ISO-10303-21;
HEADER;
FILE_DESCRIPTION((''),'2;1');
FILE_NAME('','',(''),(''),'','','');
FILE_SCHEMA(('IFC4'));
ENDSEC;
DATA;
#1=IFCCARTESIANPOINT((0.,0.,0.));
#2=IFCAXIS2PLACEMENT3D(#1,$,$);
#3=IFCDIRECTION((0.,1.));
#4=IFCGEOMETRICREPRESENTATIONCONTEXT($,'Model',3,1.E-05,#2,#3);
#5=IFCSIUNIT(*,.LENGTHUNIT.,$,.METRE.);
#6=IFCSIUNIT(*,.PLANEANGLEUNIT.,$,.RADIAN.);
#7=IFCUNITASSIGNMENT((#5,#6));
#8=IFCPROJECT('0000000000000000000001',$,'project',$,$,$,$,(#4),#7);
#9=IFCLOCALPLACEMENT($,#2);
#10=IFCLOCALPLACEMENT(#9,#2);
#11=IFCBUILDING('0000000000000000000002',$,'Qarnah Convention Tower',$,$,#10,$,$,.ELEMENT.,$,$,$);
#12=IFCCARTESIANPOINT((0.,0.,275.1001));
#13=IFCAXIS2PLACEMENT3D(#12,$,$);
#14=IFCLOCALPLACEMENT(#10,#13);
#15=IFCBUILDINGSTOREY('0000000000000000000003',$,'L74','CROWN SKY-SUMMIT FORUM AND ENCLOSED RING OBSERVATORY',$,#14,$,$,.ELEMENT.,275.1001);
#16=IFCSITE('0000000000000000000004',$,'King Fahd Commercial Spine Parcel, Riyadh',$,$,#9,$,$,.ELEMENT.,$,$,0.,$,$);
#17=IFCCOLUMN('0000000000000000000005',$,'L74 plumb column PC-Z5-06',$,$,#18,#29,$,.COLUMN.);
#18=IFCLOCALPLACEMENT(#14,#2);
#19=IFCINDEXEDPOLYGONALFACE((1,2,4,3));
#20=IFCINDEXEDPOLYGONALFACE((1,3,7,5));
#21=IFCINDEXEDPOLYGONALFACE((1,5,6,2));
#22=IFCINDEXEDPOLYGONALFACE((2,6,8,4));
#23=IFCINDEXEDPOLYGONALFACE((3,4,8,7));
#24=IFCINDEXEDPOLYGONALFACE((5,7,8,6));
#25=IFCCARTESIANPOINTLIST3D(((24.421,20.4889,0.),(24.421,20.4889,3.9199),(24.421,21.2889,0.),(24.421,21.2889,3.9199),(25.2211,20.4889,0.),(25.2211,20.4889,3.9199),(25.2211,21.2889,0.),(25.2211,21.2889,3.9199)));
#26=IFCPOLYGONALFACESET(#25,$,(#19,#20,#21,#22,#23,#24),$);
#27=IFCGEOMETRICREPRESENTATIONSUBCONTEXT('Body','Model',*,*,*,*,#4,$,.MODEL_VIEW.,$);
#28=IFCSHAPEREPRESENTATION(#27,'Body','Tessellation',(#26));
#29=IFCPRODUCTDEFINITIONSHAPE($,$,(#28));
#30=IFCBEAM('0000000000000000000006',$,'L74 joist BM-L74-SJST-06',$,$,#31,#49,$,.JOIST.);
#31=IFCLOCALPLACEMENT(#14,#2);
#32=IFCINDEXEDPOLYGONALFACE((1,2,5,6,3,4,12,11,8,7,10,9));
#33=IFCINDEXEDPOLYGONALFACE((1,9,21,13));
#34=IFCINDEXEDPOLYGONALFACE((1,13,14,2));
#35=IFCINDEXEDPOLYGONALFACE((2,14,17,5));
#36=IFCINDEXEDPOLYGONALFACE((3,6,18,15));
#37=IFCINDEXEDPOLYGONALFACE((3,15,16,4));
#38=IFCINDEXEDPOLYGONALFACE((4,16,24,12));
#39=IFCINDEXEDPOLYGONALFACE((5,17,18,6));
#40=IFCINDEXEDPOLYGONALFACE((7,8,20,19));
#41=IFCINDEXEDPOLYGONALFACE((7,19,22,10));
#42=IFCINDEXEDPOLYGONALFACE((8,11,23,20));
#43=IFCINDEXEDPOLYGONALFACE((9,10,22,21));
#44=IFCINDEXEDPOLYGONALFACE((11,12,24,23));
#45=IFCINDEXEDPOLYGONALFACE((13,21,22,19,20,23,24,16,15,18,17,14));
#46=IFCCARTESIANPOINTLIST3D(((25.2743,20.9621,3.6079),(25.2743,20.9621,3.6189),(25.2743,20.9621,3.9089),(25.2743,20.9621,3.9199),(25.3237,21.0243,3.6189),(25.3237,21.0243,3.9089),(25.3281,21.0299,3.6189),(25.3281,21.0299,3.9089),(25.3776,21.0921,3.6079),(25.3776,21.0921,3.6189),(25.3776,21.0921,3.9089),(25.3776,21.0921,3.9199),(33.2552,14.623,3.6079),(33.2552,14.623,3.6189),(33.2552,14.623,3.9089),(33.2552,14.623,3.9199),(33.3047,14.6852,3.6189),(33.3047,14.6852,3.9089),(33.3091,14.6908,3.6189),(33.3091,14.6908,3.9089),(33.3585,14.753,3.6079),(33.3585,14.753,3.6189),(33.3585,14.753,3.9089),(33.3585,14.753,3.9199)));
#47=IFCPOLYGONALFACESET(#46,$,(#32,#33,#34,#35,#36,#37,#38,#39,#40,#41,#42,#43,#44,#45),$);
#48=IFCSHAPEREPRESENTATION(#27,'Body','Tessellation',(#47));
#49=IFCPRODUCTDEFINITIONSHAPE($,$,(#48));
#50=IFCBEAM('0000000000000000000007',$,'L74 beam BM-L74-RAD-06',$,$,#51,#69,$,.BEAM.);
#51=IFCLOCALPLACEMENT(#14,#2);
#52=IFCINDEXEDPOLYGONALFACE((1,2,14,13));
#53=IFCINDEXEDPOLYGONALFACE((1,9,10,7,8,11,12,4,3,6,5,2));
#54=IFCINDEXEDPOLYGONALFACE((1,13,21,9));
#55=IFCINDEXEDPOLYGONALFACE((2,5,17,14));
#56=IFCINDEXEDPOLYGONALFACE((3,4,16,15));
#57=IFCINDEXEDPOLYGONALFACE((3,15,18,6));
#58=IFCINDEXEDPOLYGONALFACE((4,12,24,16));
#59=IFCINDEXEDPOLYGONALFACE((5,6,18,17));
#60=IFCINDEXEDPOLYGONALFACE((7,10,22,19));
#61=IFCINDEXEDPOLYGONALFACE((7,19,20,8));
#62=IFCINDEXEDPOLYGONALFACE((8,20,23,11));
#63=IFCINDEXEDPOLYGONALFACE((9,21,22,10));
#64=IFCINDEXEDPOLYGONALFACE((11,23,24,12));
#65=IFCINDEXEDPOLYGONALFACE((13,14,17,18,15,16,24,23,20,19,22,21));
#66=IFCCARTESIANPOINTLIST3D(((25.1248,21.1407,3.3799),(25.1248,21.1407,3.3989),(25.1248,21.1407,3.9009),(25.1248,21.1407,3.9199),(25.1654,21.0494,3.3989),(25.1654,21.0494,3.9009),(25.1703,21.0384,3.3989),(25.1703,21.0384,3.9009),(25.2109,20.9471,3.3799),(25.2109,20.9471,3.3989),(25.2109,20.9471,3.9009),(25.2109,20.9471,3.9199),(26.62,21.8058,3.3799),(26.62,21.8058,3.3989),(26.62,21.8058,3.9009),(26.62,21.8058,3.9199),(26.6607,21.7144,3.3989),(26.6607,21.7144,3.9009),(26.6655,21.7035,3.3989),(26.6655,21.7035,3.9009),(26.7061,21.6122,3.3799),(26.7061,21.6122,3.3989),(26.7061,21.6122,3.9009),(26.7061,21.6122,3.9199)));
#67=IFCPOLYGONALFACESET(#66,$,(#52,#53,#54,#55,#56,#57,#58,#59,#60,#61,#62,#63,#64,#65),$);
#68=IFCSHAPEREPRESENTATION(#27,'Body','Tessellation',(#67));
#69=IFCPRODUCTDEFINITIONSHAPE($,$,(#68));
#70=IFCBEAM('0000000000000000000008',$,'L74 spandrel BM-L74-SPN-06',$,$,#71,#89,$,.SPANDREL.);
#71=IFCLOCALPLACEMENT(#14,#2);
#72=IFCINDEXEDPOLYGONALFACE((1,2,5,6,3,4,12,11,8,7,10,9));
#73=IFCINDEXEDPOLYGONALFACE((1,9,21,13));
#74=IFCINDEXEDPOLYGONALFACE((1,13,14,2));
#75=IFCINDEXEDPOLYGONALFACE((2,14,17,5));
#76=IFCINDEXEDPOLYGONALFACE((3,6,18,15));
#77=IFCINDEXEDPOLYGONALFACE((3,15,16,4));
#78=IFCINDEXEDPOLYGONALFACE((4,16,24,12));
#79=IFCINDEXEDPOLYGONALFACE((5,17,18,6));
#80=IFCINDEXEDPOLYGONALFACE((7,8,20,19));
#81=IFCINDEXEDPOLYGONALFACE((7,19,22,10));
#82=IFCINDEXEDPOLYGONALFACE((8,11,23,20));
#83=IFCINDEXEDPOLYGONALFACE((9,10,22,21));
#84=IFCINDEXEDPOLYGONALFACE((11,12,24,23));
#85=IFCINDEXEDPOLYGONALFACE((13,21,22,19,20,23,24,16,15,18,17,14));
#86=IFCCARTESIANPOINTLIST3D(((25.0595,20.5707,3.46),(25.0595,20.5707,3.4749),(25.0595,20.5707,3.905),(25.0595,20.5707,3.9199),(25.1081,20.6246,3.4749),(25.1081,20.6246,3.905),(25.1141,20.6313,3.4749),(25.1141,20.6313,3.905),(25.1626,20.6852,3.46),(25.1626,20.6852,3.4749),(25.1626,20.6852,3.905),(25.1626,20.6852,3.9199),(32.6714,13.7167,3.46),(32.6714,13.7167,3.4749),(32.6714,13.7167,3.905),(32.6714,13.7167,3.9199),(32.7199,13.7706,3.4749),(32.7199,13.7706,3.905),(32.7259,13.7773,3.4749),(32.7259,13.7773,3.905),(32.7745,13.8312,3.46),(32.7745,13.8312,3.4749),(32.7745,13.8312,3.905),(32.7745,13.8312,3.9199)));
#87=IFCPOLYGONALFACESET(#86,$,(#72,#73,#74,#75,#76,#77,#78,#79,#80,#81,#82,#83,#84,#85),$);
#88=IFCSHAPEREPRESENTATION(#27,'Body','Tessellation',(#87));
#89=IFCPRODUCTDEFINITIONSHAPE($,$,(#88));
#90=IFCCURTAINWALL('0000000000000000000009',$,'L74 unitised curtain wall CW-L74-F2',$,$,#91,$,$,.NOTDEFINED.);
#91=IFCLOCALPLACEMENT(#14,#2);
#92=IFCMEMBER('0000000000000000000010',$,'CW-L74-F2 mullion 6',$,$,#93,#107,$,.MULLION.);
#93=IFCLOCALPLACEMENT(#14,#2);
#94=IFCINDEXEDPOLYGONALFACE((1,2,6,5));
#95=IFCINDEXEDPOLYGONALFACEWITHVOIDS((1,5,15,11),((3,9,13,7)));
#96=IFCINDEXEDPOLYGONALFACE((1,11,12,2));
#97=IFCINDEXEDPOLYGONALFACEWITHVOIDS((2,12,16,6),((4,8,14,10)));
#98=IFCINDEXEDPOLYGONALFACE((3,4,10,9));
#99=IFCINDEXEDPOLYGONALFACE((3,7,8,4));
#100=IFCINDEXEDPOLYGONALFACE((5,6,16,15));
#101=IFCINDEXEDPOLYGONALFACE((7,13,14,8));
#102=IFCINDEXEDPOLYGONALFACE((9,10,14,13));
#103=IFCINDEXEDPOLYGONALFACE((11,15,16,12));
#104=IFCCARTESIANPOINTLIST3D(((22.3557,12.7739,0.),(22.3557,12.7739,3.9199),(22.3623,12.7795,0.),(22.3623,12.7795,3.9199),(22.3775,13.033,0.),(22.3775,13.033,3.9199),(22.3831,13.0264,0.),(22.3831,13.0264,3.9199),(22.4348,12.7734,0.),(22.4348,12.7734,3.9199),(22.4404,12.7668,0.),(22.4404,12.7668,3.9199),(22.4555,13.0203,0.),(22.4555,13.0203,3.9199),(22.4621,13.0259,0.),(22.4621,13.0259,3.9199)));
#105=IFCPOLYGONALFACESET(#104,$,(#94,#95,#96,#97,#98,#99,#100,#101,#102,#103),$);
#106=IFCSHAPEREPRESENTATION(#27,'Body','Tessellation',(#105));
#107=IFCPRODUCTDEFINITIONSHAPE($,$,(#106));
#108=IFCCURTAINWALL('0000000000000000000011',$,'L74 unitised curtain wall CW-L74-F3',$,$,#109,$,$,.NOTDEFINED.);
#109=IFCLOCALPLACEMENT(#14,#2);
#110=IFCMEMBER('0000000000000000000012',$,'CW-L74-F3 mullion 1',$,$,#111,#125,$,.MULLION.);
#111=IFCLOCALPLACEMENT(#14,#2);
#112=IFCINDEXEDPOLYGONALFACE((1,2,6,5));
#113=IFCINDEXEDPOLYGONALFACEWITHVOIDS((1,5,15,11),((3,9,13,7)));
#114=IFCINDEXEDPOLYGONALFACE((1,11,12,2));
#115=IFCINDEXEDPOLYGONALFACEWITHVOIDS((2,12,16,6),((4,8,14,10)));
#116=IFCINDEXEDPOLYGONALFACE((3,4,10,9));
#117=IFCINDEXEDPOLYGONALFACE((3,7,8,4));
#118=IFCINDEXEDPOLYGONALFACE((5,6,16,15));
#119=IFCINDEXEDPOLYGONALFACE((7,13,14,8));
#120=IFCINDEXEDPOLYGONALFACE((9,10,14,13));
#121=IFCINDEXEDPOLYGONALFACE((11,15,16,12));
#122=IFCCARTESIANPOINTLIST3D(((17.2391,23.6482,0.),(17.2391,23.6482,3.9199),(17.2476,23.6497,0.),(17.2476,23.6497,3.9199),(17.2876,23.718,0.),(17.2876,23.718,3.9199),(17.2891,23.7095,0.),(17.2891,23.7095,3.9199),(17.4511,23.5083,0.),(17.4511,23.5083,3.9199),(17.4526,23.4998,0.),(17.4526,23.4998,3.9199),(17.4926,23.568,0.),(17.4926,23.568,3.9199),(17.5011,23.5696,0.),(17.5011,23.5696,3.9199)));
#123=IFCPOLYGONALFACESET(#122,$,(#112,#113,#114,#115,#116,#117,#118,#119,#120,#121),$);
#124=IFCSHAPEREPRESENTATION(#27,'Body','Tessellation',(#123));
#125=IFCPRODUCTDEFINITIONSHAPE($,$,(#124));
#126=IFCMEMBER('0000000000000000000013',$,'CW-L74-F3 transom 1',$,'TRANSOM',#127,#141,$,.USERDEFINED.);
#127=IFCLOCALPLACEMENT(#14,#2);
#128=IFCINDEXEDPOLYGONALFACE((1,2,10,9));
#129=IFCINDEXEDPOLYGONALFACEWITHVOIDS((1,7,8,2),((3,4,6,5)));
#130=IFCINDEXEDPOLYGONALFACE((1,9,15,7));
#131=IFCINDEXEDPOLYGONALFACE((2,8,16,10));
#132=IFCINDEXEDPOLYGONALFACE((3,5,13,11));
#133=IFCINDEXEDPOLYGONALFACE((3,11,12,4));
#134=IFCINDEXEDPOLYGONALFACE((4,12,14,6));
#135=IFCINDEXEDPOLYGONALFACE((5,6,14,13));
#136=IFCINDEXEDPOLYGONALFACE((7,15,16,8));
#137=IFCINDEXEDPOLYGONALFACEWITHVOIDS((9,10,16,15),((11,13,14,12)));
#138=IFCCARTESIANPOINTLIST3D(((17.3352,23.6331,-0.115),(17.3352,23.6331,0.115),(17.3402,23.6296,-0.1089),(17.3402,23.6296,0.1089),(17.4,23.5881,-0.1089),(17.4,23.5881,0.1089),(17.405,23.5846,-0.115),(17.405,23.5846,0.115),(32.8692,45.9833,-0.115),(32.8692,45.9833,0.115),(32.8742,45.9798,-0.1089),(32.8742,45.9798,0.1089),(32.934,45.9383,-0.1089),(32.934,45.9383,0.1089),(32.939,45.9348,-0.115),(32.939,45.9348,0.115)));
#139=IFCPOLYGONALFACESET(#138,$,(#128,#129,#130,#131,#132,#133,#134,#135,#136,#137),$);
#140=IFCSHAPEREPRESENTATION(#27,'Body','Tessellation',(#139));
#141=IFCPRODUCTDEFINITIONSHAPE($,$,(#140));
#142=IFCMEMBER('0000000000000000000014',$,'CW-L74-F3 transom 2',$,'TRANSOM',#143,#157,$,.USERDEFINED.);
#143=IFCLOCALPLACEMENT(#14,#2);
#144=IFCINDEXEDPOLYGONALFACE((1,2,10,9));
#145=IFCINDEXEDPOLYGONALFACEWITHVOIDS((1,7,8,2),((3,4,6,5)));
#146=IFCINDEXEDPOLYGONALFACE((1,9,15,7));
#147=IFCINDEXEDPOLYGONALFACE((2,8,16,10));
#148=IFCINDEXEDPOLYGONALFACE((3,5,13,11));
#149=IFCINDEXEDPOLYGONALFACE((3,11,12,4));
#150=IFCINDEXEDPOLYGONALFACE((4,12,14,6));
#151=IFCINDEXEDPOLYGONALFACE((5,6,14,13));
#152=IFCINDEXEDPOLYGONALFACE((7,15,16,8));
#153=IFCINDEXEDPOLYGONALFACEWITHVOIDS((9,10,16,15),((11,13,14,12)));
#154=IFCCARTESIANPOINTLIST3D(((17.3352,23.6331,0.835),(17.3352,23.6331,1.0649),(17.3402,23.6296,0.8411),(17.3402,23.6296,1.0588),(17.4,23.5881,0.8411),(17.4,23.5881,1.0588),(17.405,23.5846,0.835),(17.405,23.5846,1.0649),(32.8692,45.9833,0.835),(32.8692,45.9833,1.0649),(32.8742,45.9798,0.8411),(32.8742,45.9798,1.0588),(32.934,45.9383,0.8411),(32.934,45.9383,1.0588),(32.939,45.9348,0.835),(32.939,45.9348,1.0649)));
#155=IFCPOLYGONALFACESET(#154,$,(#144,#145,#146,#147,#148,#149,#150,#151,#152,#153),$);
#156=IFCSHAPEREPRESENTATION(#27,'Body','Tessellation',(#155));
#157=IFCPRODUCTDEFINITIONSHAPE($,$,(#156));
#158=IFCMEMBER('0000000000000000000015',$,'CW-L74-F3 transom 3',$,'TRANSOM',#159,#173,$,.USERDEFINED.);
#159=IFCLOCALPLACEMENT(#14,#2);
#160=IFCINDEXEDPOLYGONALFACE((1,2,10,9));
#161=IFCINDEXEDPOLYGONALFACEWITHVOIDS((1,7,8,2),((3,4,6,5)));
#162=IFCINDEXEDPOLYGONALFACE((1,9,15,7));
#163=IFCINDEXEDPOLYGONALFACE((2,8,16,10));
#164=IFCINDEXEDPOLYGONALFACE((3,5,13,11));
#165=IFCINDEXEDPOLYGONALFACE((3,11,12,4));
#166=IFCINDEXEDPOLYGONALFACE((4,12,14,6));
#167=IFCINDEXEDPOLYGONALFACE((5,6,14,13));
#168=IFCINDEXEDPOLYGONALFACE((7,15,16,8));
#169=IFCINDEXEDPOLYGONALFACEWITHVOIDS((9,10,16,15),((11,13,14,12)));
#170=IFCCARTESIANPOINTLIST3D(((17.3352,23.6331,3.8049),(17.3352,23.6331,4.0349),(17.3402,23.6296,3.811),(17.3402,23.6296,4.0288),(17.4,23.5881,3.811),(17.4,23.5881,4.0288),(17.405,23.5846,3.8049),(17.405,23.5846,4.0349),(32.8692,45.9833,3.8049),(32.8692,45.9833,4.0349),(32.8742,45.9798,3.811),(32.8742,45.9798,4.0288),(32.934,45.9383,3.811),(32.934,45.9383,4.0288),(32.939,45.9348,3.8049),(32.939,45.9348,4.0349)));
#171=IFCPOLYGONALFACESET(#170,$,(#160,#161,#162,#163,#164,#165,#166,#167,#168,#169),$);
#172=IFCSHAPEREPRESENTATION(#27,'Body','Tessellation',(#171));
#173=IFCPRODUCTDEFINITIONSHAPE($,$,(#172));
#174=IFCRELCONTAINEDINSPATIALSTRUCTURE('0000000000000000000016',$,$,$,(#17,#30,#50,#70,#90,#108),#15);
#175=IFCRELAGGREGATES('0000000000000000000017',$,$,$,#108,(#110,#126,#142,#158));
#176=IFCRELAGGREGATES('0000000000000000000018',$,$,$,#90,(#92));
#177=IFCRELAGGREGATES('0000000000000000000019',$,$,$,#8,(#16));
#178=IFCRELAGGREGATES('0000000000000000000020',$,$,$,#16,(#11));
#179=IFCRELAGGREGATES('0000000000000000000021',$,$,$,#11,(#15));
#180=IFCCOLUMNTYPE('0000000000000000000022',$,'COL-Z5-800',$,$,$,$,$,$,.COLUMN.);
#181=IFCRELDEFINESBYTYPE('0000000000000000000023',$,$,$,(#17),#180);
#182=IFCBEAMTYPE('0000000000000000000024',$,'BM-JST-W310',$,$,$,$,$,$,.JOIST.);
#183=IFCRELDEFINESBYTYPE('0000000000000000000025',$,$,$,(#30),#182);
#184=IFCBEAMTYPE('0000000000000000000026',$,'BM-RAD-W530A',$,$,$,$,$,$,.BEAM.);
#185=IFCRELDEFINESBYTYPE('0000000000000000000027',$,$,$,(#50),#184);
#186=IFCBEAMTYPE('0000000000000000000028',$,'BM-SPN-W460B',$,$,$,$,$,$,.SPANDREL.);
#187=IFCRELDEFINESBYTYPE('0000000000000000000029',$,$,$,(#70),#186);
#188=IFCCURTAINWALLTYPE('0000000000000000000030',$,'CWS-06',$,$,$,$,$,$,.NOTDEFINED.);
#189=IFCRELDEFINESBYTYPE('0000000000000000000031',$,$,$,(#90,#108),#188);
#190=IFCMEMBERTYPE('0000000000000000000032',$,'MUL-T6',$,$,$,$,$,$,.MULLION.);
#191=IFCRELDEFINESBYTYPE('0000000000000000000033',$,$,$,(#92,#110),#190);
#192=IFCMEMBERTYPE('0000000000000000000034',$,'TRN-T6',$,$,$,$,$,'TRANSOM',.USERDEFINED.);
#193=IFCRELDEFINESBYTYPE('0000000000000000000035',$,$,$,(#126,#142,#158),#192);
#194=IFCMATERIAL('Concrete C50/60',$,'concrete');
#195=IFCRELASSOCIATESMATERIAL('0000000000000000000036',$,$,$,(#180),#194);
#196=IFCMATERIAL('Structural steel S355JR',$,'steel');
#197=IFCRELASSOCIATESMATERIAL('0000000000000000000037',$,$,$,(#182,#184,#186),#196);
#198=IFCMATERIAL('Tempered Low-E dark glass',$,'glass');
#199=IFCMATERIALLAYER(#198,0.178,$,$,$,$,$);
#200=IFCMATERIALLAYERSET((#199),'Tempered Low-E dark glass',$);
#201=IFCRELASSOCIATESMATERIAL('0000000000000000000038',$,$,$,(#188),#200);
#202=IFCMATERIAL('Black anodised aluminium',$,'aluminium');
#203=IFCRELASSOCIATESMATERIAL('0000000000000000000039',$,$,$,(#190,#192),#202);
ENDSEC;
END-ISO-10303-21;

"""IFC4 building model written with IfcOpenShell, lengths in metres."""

from ifc_helpers import new_model, si_unit, direction, frame, origin, origin_2d, place, context, subcontext, project, spatial, rectangle, hollow_rectangle, i_section, extrude, material, layer, layer_set, material_profile, profile_set, type_object, element, aggregate, save


model = new_model("IFC4")

# Units and contexts
model_context = context("Model", 3, precision=1e-05, world=origin(), true_north=direction((0.0, 1.0)))
body_context = subcontext(model_context, "Body", "Model", "MODEL_VIEW")
ifc_project = project(units=[si_unit("LENGTHUNIT", "METRE"), si_unit("PLANEANGLEUNIT", "RADIAN")], contexts=[model_context])

# Site, building, storey
site_placement = place(None, origin())
site = spatial("IfcSite", under=ifc_project, at=site_placement, Name="King Fahd Commercial Spine Parcel, Riyadh", CompositionType="ELEMENT", RefElevation=0.0)
building_placement = place(site_placement, origin())
building = spatial("IfcBuilding", under=site, at=building_placement, Name="Qarnah Convention Tower", CompositionType="ELEMENT")
storey_placement = place(building_placement, frame((0.0, 0.0, 275.1001)))
storey = spatial("IfcBuildingStorey", under=building, at=storey_placement, Name="L74", Description="CROWN SKY-SUMMIT FORUM AND ENCLOSED RING OBSERVATORY", CompositionType="ELEMENT", Elevation=275.1001)

# Column
ifc_material_1 = material(Name="Concrete C50/60", Category="concrete")
ifc_material_profile_1 = material_profile(ifc_material_1, rectangle(XDim=0.8, YDim=0.8, at=origin_2d()), Name="RC-COL-800X800")
ifc_profile_set_1 = profile_set([ifc_material_profile_1], Name="Concrete C50/60")
column_type = type_object("IfcColumnType", Name="COL-Z5-800", PredefinedType="COLUMN", material=ifc_profile_set_1)
column_placement = place(storey_placement, frame((24.821, 20.8889, 0.0), z_axis=(0.0, 0.0, 1.0), x_axis=(1.0, 0.0, 0.0)))
element("IfcColumn", 1, at=column_placement, inside=storey, type_object=column_type, Name="L74 plumb column PC-Z5-06", PredefinedType="COLUMN", context=body_context, shape_type="SweptSolid", body=[
    extrude(rectangle(XDim=0.8, YDim=0.8, at=origin_2d()), origin(), (0.0, 0.0, 1.0), 3.9199),
])

# Beams
ifc_material_2 = material(Name="Structural steel S355JR", Category="steel")
ifc_material_profile_2 = material_profile(ifc_material_2, i_section(OverallWidth=0.166, OverallDepth=0.312, WebThickness=0.0071, FlangeThickness=0.011, at=origin_2d()), Name="W310X45")
ifc_profile_set_2 = profile_set([ifc_material_profile_2], Name="Structural steel S355JR")
beam_type_1 = type_object("IfcBeamType", Name="BM-JST-W310", PredefinedType="JOIST", material=ifc_profile_set_2)
beam_1_placement = place(storey_placement, frame((25.3259, 21.0271, 3.7639), z_axis=(0.783049, -0.62196, 0.0), x_axis=(0.62196, 0.783049, 0.0)))
element("IfcBeam", 2, at=beam_1_placement, inside=storey, type_object=beam_type_1, Name="L74 joist BM-L74-SJST-06", PredefinedType="JOIST", context=body_context, shape_type="SweptSolid", body=[
    extrude(i_section(OverallWidth=0.166, OverallDepth=0.312, WebThickness=0.0071, FlangeThickness=0.011, at=origin_2d()), origin(), (0.0, 0.0, 1.0), 10.1921),
])
ifc_material_profile_3 = material_profile(ifc_material_2, i_section(OverallWidth=0.2119, OverallDepth=0.54, WebThickness=0.012, FlangeThickness=0.019, at=origin_2d()), Name="W530X109")
ifc_profile_set_3 = profile_set([ifc_material_profile_3], Name="Structural steel S355JR")
beam_type_2 = type_object("IfcBeamType", Name="BM-RAD-W530A", PredefinedType="BEAM", material=ifc_profile_set_3)
beam_2_placement = place(storey_placement, frame((26.6631, 21.709, 3.6499), z_axis=(-0.913688, -0.406415, 0.0), x_axis=(0.406415, -0.913688, 0.0)))
element("IfcBeam", 3, at=beam_2_placement, inside=storey, type_object=beam_type_2, Name="L74 beam BM-L74-RAD-06", PredefinedType="BEAM", context=body_context, shape_type="SweptSolid", body=[
    extrude(i_section(OverallWidth=0.2119, OverallDepth=0.54, WebThickness=0.012, FlangeThickness=0.019, at=origin_2d()), origin(), (0.0, 0.0, 1.0), 1.6365),
])
ifc_material_profile_4 = material_profile(ifc_material_2, i_section(OverallWidth=0.1541, OverallDepth=0.46, WebThickness=0.009, FlangeThickness=0.0149, at=origin_2d()), Name="W460X68")
ifc_profile_set_4 = profile_set([ifc_material_profile_4], Name="Structural steel S355JR")
beam_type_3 = type_object("IfcBeamType", Name="BM-SPN-W460B", PredefinedType="SPANDREL", material=ifc_profile_set_4)
beam_3_placement = place(storey_placement, frame((25.1111, 20.6279, 3.6899), z_axis=(0.743131, -0.669146, 0.0), x_axis=(0.669146, 0.743131, 0.0)))
element("IfcBeam", 4, at=beam_3_placement, inside=storey, type_object=beam_type_3, Name="L74 spandrel BM-L74-SPN-06", PredefinedType="SPANDREL", context=body_context, shape_type="SweptSolid", body=[
    extrude(i_section(OverallWidth=0.1541, OverallDepth=0.46, WebThickness=0.009, FlangeThickness=0.0149, at=origin_2d()), origin(), (0.0, 0.0, 1.0), 10.2429),
])

# Curtain wall, member
ifc_material_3 = material(Name="Tempered Low-E dark glass", Category="glass")
ifc_layer_1 = layer(ifc_material_3, 0.178)
ifc_layer_set_1 = layer_set([ifc_layer_1], Name="Tempered Low-E dark glass")
curtain_wall_type = type_object("IfcCurtainWallType", Name="CWS-06", PredefinedType="NOTDEFINED", material=ifc_layer_set_1)
curtain_wall_1_placement = place(storey_placement, origin())
curtain_wall_1 = element("IfcCurtainWall", 5, at=curtain_wall_1_placement, inside=storey, type_object=curtain_wall_type, Name="L74 unitised curtain wall CW-L74-F2", PredefinedType="NOTDEFINED")
ifc_material_4 = material(Name="Black anodised aluminium", Category="aluminium")
ifc_material_profile_5 = material_profile(ifc_material_4, hollow_rectangle(XDim=0.085, YDim=0.26, WallThickness=0.0061, at=origin_2d()), Name="MUL-85X260")
ifc_profile_set_5 = profile_set([ifc_material_profile_5], Name="Black anodised aluminium")
member_type_1 = type_object("IfcMemberType", Name="MUL-T6", PredefinedType="MULLION", material=ifc_profile_set_5)
member_1_placement = place(storey_placement, frame((22.4089, 12.8999, 0.0), z_axis=(0.0, 0.0, 1.0), x_axis=(-0.996495, 0.083654, 0.0)))
member_1 = element("IfcMember", 6, at=member_1_placement, type_object=member_type_1, Name="CW-L74-F2 mullion 6", PredefinedType="MULLION", context=body_context, shape_type="SweptSolid", body=[
    extrude(hollow_rectangle(XDim=0.085, YDim=0.26, WallThickness=0.0061, at=origin_2d()), origin(), (0.0, 0.0, 1.0), 3.9199),
])

# Curtain wall, members
curtain_wall_2_placement = place(storey_placement, origin())
curtain_wall_2 = element("IfcCurtainWall", 7, at=curtain_wall_2_placement, inside=storey, type_object=curtain_wall_type, Name="L74 unitised curtain wall CW-L74-F3", PredefinedType="NOTDEFINED")
member_2_placement = place(storey_placement, frame((17.3701, 23.6089, 0.0), z_axis=(0.0, 0.0, 1.0), x_axis=(0.570722, 0.821143, 0.0)))
member_2 = element("IfcMember", 8, at=member_2_placement, type_object=member_type_1, Name="CW-L74-F3 mullion 1", PredefinedType="MULLION", context=body_context, shape_type="SweptSolid", body=[
    extrude(hollow_rectangle(XDim=0.085, YDim=0.26, WallThickness=0.0061, at=origin_2d()), origin(), (0.0, 0.0, 1.0), 3.9199),
])
ifc_material_profile_6 = material_profile(ifc_material_4, hollow_rectangle(XDim=0.085, YDim=0.23, WallThickness=0.0061, at=origin_2d()), Name="TRN-85X230")
ifc_profile_set_6 = profile_set([ifc_material_profile_6], Name="Black anodised aluminium")
member_type_2 = type_object("IfcMemberType", Name="TRN-T6", ElementType="TRANSOM", PredefinedType="USERDEFINED", material=ifc_profile_set_6)
member_3_placement = place(storey_placement, frame((17.3701, 23.6089, 0.0), z_axis=(0.570719, 0.821146, 0.0), x_axis=(-0.821146, 0.570719, 0.0)))
member_3 = element("IfcMember", 9, at=member_3_placement, type_object=member_type_2, Name="CW-L74-F3 transom 1", ObjectType="TRANSOM", PredefinedType="USERDEFINED", context=body_context, shape_type="SweptSolid", body=[
    extrude(hollow_rectangle(XDim=0.085, YDim=0.23, WallThickness=0.0061, at=origin_2d()), origin(), (0.0, 0.0, 1.0), 27.2183),
])
member_4_placement = place(storey_placement, frame((17.3701, 23.6089, 0.95), z_axis=(0.570719, 0.821146, 0.0), x_axis=(-0.821146, 0.570719, 0.0)))
member_4 = element("IfcMember", 10, at=member_4_placement, type_object=member_type_2, Name="CW-L74-F3 transom 2", ObjectType="TRANSOM", PredefinedType="USERDEFINED", context=body_context, shape_type="SweptSolid", body=[
    extrude(hollow_rectangle(XDim=0.085, YDim=0.23, WallThickness=0.0061, at=origin_2d()), origin(), (0.0, 0.0, 1.0), 27.2183),
])
member_5_placement = place(storey_placement, frame((17.3701, 23.6089, 3.9199), z_axis=(0.570719, 0.821146, 0.0), x_axis=(-0.821146, 0.570719, 0.0)))
member_5 = element("IfcMember", 11, at=member_5_placement, type_object=member_type_2, Name="CW-L74-F3 transom 3", ObjectType="TRANSOM", PredefinedType="USERDEFINED", context=body_context, shape_type="SweptSolid", body=[
    extrude(hollow_rectangle(XDim=0.085, YDim=0.23, WallThickness=0.0061, at=origin_2d()), origin(), (0.0, 0.0, 1.0), 27.2183),
])
aggregate(curtain_wall_2, [member_2, member_3, member_4, member_5])

aggregate(curtain_wall_1, [member_1])

save(model, "model.ifc")
